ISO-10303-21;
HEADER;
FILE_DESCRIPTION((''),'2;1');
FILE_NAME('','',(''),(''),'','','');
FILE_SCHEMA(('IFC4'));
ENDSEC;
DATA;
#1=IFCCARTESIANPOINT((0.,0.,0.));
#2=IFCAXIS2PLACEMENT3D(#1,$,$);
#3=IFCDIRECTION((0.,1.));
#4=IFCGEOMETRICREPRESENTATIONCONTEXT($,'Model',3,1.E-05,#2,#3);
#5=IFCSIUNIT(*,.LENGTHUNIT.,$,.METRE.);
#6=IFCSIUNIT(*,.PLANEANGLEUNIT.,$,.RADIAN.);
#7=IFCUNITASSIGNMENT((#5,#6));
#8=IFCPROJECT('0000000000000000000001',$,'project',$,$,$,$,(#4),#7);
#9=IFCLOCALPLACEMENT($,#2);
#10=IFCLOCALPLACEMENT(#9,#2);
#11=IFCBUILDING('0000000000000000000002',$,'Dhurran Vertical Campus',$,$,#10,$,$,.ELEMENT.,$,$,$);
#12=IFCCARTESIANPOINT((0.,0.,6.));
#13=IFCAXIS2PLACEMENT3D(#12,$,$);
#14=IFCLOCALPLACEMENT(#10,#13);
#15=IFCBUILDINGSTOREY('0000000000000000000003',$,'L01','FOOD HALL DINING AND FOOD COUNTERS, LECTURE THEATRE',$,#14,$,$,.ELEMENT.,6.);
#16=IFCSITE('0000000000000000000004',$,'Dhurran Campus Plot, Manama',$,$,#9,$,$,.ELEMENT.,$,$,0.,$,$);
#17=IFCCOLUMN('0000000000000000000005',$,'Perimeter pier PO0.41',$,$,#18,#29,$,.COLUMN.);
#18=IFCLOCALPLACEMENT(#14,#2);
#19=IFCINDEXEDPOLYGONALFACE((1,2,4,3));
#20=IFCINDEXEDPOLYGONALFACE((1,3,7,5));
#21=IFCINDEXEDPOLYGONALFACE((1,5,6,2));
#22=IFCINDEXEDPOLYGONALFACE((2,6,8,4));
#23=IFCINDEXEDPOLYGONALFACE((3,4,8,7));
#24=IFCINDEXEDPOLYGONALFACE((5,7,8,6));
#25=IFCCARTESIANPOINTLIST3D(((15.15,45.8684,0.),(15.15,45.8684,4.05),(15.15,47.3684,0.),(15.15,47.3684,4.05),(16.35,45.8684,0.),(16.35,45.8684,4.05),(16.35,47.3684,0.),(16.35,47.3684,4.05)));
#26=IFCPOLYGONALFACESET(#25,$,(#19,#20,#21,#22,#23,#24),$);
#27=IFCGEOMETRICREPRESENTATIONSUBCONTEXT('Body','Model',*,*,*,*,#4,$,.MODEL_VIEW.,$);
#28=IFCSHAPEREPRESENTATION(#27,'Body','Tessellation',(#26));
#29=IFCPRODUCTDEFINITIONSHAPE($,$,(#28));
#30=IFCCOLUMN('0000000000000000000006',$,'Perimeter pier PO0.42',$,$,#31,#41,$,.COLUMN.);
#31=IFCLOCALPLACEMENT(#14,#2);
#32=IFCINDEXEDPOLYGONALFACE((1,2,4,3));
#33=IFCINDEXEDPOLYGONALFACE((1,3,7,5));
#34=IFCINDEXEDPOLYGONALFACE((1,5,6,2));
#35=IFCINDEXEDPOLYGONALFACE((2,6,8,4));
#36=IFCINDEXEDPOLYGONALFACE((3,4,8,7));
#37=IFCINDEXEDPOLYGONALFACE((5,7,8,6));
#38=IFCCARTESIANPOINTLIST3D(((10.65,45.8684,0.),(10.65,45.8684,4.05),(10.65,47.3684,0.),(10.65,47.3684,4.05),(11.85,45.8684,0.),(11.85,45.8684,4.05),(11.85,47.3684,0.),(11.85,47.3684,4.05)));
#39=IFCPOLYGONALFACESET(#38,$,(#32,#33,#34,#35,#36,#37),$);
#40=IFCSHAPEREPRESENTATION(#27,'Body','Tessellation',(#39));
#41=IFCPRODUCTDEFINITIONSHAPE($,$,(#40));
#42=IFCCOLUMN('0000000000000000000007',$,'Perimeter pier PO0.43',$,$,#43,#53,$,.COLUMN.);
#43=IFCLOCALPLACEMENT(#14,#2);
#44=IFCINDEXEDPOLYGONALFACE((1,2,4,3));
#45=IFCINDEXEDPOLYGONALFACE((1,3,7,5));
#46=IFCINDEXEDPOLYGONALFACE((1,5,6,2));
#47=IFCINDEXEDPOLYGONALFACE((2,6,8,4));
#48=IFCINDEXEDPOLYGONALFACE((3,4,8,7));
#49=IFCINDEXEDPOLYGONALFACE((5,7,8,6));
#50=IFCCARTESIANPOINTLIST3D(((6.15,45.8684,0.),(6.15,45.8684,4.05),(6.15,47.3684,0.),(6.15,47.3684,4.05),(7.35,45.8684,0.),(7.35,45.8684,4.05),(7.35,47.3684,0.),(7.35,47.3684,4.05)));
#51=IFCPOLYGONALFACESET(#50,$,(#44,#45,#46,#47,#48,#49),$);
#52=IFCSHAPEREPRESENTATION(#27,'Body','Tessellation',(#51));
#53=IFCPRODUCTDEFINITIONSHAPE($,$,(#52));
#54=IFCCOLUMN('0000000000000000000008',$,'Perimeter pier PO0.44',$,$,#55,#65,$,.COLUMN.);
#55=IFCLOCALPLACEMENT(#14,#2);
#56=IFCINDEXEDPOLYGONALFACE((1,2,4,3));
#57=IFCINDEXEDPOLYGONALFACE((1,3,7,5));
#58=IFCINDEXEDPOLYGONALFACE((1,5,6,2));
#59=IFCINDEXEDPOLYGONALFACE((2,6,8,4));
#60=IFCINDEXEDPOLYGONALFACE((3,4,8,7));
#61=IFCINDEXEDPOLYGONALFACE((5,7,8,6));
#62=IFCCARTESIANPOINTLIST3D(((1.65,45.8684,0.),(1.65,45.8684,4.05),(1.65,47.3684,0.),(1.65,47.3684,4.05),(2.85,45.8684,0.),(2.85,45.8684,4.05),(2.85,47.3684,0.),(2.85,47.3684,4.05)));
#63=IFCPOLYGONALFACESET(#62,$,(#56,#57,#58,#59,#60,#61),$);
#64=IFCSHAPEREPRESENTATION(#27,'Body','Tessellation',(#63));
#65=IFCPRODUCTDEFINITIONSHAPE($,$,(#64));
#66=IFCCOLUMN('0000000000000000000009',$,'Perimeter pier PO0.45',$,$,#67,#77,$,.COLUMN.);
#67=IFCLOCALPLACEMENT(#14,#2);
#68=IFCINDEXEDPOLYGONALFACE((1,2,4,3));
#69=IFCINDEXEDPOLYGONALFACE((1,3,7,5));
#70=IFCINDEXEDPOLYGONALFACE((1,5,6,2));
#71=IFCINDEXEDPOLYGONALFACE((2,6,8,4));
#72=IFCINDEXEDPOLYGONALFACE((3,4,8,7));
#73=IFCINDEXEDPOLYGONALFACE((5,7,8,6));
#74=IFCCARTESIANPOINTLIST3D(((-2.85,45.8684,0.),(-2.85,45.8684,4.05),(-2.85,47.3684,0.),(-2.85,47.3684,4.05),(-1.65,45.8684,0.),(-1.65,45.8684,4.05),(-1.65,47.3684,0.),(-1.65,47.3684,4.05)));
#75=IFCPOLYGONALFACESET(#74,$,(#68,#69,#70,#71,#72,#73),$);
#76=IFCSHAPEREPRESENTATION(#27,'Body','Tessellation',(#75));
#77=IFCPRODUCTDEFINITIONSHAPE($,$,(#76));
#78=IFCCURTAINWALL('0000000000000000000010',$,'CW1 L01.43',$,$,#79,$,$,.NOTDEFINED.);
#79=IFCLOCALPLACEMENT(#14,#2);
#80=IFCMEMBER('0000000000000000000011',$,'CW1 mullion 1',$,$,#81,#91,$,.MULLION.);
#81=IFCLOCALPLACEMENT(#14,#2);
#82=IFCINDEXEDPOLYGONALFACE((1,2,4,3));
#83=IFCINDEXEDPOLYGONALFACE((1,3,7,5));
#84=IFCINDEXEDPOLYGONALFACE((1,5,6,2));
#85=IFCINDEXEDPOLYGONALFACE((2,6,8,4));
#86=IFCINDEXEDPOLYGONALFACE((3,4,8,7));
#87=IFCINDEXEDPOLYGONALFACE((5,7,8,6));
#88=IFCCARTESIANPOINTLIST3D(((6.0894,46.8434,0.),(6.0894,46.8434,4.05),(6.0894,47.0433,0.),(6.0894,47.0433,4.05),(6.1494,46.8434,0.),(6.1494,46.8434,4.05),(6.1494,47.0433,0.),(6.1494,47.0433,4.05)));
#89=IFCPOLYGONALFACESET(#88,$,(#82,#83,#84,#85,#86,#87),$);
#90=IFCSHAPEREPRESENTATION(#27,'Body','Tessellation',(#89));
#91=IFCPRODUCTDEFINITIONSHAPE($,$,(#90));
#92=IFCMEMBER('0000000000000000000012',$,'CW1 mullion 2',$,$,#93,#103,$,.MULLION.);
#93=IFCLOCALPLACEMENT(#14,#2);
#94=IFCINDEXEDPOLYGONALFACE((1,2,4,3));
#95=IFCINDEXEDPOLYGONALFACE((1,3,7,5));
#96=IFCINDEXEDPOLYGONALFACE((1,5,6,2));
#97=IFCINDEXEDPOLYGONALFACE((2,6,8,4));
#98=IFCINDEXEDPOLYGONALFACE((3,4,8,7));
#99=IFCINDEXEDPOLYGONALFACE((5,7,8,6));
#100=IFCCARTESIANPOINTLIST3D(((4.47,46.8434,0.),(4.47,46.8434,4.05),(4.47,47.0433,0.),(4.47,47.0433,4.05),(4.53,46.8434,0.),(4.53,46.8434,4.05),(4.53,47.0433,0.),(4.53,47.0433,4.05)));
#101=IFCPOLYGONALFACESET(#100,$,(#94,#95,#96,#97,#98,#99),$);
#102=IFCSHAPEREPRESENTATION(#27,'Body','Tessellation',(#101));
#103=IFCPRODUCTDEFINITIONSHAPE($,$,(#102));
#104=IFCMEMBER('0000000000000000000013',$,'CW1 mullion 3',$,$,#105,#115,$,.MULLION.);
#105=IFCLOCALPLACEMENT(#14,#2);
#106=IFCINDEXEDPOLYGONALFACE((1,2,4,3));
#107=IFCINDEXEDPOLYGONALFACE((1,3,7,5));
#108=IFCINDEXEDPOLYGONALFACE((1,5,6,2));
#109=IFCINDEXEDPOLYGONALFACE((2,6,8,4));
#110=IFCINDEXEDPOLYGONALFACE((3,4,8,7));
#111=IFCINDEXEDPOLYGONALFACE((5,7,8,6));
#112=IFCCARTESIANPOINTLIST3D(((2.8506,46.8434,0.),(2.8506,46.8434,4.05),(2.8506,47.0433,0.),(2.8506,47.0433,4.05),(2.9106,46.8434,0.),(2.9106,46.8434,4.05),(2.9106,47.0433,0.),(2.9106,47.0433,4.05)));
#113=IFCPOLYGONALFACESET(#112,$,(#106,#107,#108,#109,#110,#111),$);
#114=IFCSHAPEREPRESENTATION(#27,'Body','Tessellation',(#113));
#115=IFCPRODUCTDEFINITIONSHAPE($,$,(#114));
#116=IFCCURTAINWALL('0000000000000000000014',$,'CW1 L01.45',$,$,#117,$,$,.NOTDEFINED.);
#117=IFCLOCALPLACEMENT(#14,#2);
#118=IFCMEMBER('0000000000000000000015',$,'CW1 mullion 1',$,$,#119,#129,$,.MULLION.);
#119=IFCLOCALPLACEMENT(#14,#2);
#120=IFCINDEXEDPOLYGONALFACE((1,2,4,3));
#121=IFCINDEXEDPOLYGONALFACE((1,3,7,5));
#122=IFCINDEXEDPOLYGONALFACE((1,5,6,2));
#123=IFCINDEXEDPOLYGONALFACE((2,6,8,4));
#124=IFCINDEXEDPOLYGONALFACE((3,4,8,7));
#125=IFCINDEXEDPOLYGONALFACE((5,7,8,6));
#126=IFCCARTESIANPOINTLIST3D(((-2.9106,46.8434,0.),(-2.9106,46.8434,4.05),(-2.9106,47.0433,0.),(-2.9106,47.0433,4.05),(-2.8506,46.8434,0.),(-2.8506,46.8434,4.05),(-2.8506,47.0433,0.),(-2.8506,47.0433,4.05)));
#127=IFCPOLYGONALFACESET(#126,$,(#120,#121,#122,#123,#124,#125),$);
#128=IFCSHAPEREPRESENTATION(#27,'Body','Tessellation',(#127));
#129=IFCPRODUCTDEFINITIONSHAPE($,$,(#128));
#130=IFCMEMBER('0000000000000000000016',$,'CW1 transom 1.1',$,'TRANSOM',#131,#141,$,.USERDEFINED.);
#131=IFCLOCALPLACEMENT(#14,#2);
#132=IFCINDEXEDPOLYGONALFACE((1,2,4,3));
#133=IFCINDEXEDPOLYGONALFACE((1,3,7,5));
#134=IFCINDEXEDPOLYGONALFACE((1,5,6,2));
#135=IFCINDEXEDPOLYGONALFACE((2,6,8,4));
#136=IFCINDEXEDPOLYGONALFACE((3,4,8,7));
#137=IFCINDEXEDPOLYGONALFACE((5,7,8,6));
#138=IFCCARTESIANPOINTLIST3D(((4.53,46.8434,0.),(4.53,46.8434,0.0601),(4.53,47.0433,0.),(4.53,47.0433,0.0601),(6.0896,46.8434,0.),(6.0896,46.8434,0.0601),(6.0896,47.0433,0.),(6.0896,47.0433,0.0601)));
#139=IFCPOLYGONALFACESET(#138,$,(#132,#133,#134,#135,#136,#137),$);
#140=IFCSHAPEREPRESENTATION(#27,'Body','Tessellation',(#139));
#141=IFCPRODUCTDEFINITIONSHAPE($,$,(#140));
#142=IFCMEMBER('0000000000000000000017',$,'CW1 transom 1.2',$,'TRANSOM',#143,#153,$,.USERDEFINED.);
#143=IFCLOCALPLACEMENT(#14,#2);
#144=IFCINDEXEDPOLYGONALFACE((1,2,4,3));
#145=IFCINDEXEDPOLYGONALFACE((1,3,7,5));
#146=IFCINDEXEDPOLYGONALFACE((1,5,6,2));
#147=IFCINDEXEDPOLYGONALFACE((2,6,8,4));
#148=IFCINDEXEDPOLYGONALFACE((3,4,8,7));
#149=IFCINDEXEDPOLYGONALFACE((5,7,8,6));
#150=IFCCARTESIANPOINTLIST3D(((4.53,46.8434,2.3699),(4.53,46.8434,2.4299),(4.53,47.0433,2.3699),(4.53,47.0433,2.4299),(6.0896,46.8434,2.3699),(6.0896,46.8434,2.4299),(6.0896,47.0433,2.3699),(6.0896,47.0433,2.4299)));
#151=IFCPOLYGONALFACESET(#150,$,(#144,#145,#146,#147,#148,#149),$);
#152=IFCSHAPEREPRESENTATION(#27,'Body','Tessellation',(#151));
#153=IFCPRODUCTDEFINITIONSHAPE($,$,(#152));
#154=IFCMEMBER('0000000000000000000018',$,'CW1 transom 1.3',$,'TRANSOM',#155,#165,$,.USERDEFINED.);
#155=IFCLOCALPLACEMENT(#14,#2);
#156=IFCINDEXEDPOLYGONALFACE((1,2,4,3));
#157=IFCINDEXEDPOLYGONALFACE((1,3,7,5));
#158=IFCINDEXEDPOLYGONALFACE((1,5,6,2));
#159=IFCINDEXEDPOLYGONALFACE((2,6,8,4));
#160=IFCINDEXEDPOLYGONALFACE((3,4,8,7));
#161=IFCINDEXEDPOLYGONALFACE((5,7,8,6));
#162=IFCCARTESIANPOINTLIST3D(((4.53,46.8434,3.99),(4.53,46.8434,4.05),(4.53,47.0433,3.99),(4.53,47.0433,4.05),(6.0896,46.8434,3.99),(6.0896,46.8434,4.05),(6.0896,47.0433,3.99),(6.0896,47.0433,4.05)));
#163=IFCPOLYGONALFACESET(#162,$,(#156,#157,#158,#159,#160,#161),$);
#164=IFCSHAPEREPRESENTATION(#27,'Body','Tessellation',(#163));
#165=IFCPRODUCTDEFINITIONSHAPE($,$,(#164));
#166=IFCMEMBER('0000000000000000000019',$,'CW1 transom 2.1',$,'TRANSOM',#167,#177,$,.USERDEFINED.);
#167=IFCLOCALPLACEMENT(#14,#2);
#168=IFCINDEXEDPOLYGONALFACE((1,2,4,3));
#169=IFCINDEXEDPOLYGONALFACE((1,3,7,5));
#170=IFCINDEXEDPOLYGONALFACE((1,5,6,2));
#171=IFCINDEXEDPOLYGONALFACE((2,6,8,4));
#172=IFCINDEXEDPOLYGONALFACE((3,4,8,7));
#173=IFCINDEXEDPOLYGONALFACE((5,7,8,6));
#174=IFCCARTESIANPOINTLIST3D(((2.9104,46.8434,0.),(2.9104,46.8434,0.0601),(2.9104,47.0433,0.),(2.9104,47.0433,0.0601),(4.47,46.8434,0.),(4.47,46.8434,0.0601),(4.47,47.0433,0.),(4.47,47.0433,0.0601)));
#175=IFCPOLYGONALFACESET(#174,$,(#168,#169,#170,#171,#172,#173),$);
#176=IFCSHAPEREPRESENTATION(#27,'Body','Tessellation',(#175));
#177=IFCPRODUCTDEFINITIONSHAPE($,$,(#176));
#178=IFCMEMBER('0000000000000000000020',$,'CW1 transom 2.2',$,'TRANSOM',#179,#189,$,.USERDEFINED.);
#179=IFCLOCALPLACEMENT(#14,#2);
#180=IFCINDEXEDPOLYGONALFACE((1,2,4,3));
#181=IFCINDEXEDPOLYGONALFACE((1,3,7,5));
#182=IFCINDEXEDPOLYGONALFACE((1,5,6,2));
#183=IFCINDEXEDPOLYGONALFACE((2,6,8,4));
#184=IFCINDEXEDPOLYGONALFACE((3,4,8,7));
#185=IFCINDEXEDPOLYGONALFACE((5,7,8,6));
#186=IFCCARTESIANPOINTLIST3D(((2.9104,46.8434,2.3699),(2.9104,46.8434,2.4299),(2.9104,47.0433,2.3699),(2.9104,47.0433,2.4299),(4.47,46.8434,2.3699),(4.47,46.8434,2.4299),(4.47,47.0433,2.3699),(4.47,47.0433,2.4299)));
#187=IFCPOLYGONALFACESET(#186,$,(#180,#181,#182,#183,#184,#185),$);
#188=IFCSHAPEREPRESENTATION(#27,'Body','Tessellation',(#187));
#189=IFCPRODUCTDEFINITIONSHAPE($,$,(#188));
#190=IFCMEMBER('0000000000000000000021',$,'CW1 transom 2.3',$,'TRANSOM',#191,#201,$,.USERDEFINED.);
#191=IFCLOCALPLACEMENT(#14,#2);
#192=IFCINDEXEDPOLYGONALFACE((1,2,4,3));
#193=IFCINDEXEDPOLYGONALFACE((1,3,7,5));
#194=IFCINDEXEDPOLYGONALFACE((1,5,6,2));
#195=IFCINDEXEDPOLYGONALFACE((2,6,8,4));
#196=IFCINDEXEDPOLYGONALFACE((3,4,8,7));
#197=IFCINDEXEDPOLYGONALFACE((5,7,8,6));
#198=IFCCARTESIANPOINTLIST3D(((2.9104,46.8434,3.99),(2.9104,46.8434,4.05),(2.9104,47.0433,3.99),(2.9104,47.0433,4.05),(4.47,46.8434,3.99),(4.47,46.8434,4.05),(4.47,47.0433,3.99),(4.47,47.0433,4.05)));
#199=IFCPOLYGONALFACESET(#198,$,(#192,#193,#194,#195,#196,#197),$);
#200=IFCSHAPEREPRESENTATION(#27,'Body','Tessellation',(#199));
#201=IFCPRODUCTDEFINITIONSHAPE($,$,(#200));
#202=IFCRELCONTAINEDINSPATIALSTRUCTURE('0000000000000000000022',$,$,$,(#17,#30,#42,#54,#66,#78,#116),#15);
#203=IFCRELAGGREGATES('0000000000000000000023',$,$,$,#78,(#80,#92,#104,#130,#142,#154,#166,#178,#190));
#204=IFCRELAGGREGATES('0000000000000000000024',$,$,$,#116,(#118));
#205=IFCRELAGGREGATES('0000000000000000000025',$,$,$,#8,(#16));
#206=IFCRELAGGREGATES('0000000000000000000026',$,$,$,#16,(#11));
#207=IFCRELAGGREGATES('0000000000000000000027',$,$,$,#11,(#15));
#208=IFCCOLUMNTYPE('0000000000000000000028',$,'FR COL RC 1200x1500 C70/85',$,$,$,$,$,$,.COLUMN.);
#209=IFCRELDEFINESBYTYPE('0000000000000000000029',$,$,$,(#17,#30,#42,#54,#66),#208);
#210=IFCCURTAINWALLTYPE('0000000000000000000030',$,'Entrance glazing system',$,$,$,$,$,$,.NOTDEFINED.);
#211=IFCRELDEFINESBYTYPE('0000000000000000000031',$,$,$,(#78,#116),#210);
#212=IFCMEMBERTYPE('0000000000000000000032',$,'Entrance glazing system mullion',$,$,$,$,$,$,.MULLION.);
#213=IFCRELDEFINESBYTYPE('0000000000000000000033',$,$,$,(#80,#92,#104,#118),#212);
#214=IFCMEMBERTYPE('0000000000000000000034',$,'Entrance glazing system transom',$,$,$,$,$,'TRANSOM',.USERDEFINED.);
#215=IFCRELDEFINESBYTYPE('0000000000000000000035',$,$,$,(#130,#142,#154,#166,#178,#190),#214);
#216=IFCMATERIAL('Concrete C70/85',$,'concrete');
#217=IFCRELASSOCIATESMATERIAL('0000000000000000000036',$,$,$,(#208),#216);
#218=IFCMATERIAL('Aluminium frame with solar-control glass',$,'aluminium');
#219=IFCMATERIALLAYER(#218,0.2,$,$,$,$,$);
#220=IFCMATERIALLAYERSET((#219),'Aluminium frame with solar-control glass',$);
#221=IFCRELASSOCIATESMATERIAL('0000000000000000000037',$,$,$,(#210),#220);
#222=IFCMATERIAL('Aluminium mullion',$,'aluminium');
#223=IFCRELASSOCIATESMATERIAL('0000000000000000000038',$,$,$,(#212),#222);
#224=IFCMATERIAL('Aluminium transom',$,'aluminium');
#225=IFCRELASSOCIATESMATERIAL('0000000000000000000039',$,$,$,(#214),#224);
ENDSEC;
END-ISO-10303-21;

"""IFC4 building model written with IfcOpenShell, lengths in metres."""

from ifc_helpers import new_model, si_unit, direction, frame, origin, origin_2d, place, context, subcontext, project, spatial, rectangle, extrude, material, layer, layer_set, material_profile, profile_set, type_object, element, aggregate, save


model = new_model("IFC4")

# Units and contexts
model_context = context("Model", 3, precision=1e-05, world=origin(), true_north=direction((0.0, 1.0)))
body_context = subcontext(model_context, "Body", "Model", "MODEL_VIEW")
ifc_project = project(units=[si_unit("LENGTHUNIT", "METRE"), si_unit("PLANEANGLEUNIT", "RADIAN")], contexts=[model_context])

# Site, building, storey
site_placement = place(None, origin())
site = spatial("IfcSite", under=ifc_project, at=site_placement, Name="Dhurran Campus Plot, Manama", CompositionType="ELEMENT", RefElevation=0.0)
building_placement = place(site_placement, origin())
building = spatial("IfcBuilding", under=site, at=building_placement, Name="Dhurran Vertical Campus", CompositionType="ELEMENT")
storey_placement = place(building_placement, frame((0.0, 0.0, 6.0)))
storey = spatial("IfcBuildingStorey", under=building, at=storey_placement, Name="L01", Description="FOOD HALL DINING AND FOOD COUNTERS, LECTURE THEATRE", CompositionType="ELEMENT", Elevation=6.0)

# Columns
ifc_material_1 = material(Name="Concrete C70/85", Category="concrete")
ifc_material_profile_1 = material_profile(ifc_material_1, rectangle(XDim=1.2, YDim=1.5, at=origin_2d()), Name="RC 1200x1500")
ifc_profile_set_1 = profile_set([ifc_material_profile_1], Name="Concrete C70/85")
column_type = type_object("IfcColumnType", Name="FR COL RC 1200x1500 C70/85", PredefinedType="COLUMN", material=ifc_profile_set_1)
for number, where, z_axis, x_axis, name in (
    (1, (15.75, 46.6184, 0.0), (0.0, 0.0, 1.0), (-1.0, 0.0, 0.0), "Perimeter pier PO0.41"),
    (2, (11.25, 46.6184, 0.0), (0.0, 0.0, 1.0), (-1.0, 0.0, 0.0), "Perimeter pier PO0.42"),
    (3, (6.75, 46.6184, 0.0), (0.0, 0.0, 1.0), (-1.0, 0.0, 0.0), "Perimeter pier PO0.43"),
    (4, (2.25, 46.6184, 0.0), (0.0, 0.0, 1.0), (-1.0, 0.0, 0.0), "Perimeter pier PO0.44"),
    (5, (-2.25, 46.6184, 0.0), (0.0, 0.0, 1.0), (-1.0, 0.0, 0.0), "Perimeter pier PO0.45"),
):
    element("IfcColumn", number, at=place(storey_placement, frame(where, z_axis=z_axis, x_axis=x_axis)), inside=storey, type_object=column_type, Name=name, PredefinedType="COLUMN", context=body_context, shape_type="SweptSolid", body=[
        extrude(rectangle(XDim=1.2, YDim=1.5, at=origin_2d()), origin(), (0.0, 0.0, 1.0), 4.05),
    ])

# Curtain wall, members
ifc_material_2 = material(Name="Aluminium frame with solar-control glass", Category="aluminium")
ifc_layer_1 = layer(ifc_material_2, 0.2)
ifc_layer_set_1 = layer_set([ifc_layer_1], Name="Aluminium frame with solar-control glass")
curtain_wall_type = type_object("IfcCurtainWallType", Name="Entrance glazing system", PredefinedType="NOTDEFINED", material=ifc_layer_set_1)
curtain_wall_1_placement = place(storey_placement, origin())
curtain_wall_1 = element("IfcCurtainWall", 6, at=curtain_wall_1_placement, inside=storey, type_object=curtain_wall_type, Name="CW1 L01.43", PredefinedType="NOTDEFINED")
ifc_material_3 = material(Name="Aluminium mullion", Category="aluminium")
ifc_material_profile_2 = material_profile(ifc_material_3, rectangle(XDim=0.2, YDim=0.0601, at=origin_2d()), Name="Entrance glazing system mullion")
ifc_profile_set_2 = profile_set([ifc_material_profile_2], Name="Aluminium mullion")
member_type_1 = type_object("IfcMemberType", Name="Entrance glazing system mullion", PredefinedType="MULLION", material=ifc_profile_set_2)
member_1_placement = place(storey_placement, frame((6.1194, 46.9434, 0.0), z_axis=(0.0, 0.0, 1.0), x_axis=(0.0, -1.0, 0.0)))
member_1 = element("IfcMember", 7, at=member_1_placement, type_object=member_type_1, Name="CW1 mullion 1", PredefinedType="MULLION", context=body_context, shape_type="SweptSolid", body=[
    extrude(rectangle(XDim=0.2, YDim=0.0601, at=origin_2d()), origin(), (0.0, 0.0, 1.0), 4.05),
])
member_2_placement = place(storey_placement, frame((4.5, 46.9434, 0.0), z_axis=(0.0, 0.0, 1.0), x_axis=(0.0, -1.0, 0.0)))
member_2 = element("IfcMember", 8, at=member_2_placement, type_object=member_type_1, Name="CW1 mullion 2", PredefinedType="MULLION", context=body_context, shape_type="SweptSolid", body=[
    extrude(rectangle(XDim=0.2, YDim=0.0601, at=origin_2d()), origin(), (0.0, 0.0, 1.0), 4.05),
])
member_3_placement = place(storey_placement, frame((2.8806, 46.9434, 0.0), z_axis=(0.0, 0.0, 1.0), x_axis=(0.0, -1.0, 0.0)))
member_3 = element("IfcMember", 9, at=member_3_placement, type_object=member_type_1, Name="CW1 mullion 3", PredefinedType="MULLION", context=body_context, shape_type="SweptSolid", body=[
    extrude(rectangle(XDim=0.2, YDim=0.0601, at=origin_2d()), origin(), (0.0, 0.0, 1.0), 4.05),
])

# Curtain wall, member
curtain_wall_2_placement = place(storey_placement, origin())
curtain_wall_2 = element("IfcCurtainWall", 10, at=curtain_wall_2_placement, inside=storey, type_object=curtain_wall_type, Name="CW1 L01.45", PredefinedType="NOTDEFINED")
member_4_placement = place(storey_placement, frame((-2.8806, 46.9434, 0.0), z_axis=(0.0, 0.0, 1.0), x_axis=(0.0, -1.0, 0.0)))
member_4 = element("IfcMember", 11, at=member_4_placement, type_object=member_type_1, Name="CW1 mullion 1", PredefinedType="MULLION", context=body_context, shape_type="SweptSolid", body=[
    extrude(rectangle(XDim=0.2, YDim=0.0601, at=origin_2d()), origin(), (0.0, 0.0, 1.0), 4.05),
])

# Members
ifc_material_4 = material(Name="Aluminium transom", Category="aluminium")
ifc_material_profile_3 = material_profile(ifc_material_4, rectangle(XDim=0.2, YDim=0.0601, at=origin_2d()), Name="Entrance glazing system transom")
ifc_profile_set_3 = profile_set([ifc_material_profile_3], Name="Aluminium transom")
member_type_2 = type_object("IfcMemberType", Name="Entrance glazing system transom", ElementType="TRANSOM", PredefinedType="USERDEFINED", material=ifc_profile_set_3)
member_5_placement = place(storey_placement, frame((6.0896, 46.9434, 0.03), z_axis=(-1.0, 0.0, 0.0), x_axis=(0.0, -1.0, 0.0)))
member_5 = element("IfcMember", 12, at=member_5_placement, type_object=member_type_2, Name="CW1 transom 1.1", ObjectType="TRANSOM", PredefinedType="USERDEFINED", context=body_context, shape_type="SweptSolid", body=[
    extrude(rectangle(XDim=0.2, YDim=0.0601, at=origin_2d()), origin(), (0.0, 0.0, 1.0), 1.5596),
])
member_6_placement = place(storey_placement, frame((6.0896, 46.9434, 2.3999), z_axis=(-1.0, 0.0, 0.0), x_axis=(0.0, -1.0, 0.0)))
member_6 = element("IfcMember", 13, at=member_6_placement, type_object=member_type_2, Name="CW1 transom 1.2", ObjectType="TRANSOM", PredefinedType="USERDEFINED", context=body_context, shape_type="SweptSolid", body=[
    extrude(rectangle(XDim=0.2, YDim=0.0601, at=origin_2d()), origin(), (0.0, 0.0, 1.0), 1.5596),
])
member_7_placement = place(storey_placement, frame((6.0896, 46.9434, 4.02), z_axis=(-1.0, 0.0, 0.0), x_axis=(0.0, -1.0, 0.0)))
member_7 = element("IfcMember", 14, at=member_7_placement, type_object=member_type_2, Name="CW1 transom 1.3", ObjectType="TRANSOM", PredefinedType="USERDEFINED", context=body_context, shape_type="SweptSolid", body=[
    extrude(rectangle(XDim=0.2, YDim=0.0601, at=origin_2d()), origin(), (0.0, 0.0, 1.0), 1.5596),
])
member_8_placement = place(storey_placement, frame((4.47, 46.9434, 0.03), z_axis=(-1.0, 0.0, 0.0), x_axis=(0.0, -1.0, 0.0)))
member_8 = element("IfcMember", 15, at=member_8_placement, type_object=member_type_2, Name="CW1 transom 2.1", ObjectType="TRANSOM", PredefinedType="USERDEFINED", context=body_context, shape_type="SweptSolid", body=[
    extrude(rectangle(XDim=0.2, YDim=0.0601, at=origin_2d()), origin(), (0.0, 0.0, 1.0), 1.5596),
])
member_9_placement = place(storey_placement, frame((4.47, 46.9434, 2.3999), z_axis=(-1.0, 0.0, 0.0), x_axis=(0.0, -1.0, 0.0)))
member_9 = element("IfcMember", 16, at=member_9_placement, type_object=member_type_2, Name="CW1 transom 2.2", ObjectType="TRANSOM", PredefinedType="USERDEFINED", context=body_context, shape_type="SweptSolid", body=[
    extrude(rectangle(XDim=0.2, YDim=0.0601, at=origin_2d()), origin(), (0.0, 0.0, 1.0), 1.5596),
])
member_10_placement = place(storey_placement, frame((4.47, 46.9434, 4.02), z_axis=(-1.0, 0.0, 0.0), x_axis=(0.0, -1.0, 0.0)))
member_10 = element("IfcMember", 17, at=member_10_placement, type_object=member_type_2, Name="CW1 transom 2.3", ObjectType="TRANSOM", PredefinedType="USERDEFINED", context=body_context, shape_type="SweptSolid", body=[
    extrude(rectangle(XDim=0.2, YDim=0.0601, at=origin_2d()), origin(), (0.0, 0.0, 1.0), 1.5596),
])

aggregate(curtain_wall_1, [member_1, member_2, member_3, member_5, member_6, member_7, member_8, member_9, member_10])
aggregate(curtain_wall_2, [member_4])

save(model, "model.ifc")
